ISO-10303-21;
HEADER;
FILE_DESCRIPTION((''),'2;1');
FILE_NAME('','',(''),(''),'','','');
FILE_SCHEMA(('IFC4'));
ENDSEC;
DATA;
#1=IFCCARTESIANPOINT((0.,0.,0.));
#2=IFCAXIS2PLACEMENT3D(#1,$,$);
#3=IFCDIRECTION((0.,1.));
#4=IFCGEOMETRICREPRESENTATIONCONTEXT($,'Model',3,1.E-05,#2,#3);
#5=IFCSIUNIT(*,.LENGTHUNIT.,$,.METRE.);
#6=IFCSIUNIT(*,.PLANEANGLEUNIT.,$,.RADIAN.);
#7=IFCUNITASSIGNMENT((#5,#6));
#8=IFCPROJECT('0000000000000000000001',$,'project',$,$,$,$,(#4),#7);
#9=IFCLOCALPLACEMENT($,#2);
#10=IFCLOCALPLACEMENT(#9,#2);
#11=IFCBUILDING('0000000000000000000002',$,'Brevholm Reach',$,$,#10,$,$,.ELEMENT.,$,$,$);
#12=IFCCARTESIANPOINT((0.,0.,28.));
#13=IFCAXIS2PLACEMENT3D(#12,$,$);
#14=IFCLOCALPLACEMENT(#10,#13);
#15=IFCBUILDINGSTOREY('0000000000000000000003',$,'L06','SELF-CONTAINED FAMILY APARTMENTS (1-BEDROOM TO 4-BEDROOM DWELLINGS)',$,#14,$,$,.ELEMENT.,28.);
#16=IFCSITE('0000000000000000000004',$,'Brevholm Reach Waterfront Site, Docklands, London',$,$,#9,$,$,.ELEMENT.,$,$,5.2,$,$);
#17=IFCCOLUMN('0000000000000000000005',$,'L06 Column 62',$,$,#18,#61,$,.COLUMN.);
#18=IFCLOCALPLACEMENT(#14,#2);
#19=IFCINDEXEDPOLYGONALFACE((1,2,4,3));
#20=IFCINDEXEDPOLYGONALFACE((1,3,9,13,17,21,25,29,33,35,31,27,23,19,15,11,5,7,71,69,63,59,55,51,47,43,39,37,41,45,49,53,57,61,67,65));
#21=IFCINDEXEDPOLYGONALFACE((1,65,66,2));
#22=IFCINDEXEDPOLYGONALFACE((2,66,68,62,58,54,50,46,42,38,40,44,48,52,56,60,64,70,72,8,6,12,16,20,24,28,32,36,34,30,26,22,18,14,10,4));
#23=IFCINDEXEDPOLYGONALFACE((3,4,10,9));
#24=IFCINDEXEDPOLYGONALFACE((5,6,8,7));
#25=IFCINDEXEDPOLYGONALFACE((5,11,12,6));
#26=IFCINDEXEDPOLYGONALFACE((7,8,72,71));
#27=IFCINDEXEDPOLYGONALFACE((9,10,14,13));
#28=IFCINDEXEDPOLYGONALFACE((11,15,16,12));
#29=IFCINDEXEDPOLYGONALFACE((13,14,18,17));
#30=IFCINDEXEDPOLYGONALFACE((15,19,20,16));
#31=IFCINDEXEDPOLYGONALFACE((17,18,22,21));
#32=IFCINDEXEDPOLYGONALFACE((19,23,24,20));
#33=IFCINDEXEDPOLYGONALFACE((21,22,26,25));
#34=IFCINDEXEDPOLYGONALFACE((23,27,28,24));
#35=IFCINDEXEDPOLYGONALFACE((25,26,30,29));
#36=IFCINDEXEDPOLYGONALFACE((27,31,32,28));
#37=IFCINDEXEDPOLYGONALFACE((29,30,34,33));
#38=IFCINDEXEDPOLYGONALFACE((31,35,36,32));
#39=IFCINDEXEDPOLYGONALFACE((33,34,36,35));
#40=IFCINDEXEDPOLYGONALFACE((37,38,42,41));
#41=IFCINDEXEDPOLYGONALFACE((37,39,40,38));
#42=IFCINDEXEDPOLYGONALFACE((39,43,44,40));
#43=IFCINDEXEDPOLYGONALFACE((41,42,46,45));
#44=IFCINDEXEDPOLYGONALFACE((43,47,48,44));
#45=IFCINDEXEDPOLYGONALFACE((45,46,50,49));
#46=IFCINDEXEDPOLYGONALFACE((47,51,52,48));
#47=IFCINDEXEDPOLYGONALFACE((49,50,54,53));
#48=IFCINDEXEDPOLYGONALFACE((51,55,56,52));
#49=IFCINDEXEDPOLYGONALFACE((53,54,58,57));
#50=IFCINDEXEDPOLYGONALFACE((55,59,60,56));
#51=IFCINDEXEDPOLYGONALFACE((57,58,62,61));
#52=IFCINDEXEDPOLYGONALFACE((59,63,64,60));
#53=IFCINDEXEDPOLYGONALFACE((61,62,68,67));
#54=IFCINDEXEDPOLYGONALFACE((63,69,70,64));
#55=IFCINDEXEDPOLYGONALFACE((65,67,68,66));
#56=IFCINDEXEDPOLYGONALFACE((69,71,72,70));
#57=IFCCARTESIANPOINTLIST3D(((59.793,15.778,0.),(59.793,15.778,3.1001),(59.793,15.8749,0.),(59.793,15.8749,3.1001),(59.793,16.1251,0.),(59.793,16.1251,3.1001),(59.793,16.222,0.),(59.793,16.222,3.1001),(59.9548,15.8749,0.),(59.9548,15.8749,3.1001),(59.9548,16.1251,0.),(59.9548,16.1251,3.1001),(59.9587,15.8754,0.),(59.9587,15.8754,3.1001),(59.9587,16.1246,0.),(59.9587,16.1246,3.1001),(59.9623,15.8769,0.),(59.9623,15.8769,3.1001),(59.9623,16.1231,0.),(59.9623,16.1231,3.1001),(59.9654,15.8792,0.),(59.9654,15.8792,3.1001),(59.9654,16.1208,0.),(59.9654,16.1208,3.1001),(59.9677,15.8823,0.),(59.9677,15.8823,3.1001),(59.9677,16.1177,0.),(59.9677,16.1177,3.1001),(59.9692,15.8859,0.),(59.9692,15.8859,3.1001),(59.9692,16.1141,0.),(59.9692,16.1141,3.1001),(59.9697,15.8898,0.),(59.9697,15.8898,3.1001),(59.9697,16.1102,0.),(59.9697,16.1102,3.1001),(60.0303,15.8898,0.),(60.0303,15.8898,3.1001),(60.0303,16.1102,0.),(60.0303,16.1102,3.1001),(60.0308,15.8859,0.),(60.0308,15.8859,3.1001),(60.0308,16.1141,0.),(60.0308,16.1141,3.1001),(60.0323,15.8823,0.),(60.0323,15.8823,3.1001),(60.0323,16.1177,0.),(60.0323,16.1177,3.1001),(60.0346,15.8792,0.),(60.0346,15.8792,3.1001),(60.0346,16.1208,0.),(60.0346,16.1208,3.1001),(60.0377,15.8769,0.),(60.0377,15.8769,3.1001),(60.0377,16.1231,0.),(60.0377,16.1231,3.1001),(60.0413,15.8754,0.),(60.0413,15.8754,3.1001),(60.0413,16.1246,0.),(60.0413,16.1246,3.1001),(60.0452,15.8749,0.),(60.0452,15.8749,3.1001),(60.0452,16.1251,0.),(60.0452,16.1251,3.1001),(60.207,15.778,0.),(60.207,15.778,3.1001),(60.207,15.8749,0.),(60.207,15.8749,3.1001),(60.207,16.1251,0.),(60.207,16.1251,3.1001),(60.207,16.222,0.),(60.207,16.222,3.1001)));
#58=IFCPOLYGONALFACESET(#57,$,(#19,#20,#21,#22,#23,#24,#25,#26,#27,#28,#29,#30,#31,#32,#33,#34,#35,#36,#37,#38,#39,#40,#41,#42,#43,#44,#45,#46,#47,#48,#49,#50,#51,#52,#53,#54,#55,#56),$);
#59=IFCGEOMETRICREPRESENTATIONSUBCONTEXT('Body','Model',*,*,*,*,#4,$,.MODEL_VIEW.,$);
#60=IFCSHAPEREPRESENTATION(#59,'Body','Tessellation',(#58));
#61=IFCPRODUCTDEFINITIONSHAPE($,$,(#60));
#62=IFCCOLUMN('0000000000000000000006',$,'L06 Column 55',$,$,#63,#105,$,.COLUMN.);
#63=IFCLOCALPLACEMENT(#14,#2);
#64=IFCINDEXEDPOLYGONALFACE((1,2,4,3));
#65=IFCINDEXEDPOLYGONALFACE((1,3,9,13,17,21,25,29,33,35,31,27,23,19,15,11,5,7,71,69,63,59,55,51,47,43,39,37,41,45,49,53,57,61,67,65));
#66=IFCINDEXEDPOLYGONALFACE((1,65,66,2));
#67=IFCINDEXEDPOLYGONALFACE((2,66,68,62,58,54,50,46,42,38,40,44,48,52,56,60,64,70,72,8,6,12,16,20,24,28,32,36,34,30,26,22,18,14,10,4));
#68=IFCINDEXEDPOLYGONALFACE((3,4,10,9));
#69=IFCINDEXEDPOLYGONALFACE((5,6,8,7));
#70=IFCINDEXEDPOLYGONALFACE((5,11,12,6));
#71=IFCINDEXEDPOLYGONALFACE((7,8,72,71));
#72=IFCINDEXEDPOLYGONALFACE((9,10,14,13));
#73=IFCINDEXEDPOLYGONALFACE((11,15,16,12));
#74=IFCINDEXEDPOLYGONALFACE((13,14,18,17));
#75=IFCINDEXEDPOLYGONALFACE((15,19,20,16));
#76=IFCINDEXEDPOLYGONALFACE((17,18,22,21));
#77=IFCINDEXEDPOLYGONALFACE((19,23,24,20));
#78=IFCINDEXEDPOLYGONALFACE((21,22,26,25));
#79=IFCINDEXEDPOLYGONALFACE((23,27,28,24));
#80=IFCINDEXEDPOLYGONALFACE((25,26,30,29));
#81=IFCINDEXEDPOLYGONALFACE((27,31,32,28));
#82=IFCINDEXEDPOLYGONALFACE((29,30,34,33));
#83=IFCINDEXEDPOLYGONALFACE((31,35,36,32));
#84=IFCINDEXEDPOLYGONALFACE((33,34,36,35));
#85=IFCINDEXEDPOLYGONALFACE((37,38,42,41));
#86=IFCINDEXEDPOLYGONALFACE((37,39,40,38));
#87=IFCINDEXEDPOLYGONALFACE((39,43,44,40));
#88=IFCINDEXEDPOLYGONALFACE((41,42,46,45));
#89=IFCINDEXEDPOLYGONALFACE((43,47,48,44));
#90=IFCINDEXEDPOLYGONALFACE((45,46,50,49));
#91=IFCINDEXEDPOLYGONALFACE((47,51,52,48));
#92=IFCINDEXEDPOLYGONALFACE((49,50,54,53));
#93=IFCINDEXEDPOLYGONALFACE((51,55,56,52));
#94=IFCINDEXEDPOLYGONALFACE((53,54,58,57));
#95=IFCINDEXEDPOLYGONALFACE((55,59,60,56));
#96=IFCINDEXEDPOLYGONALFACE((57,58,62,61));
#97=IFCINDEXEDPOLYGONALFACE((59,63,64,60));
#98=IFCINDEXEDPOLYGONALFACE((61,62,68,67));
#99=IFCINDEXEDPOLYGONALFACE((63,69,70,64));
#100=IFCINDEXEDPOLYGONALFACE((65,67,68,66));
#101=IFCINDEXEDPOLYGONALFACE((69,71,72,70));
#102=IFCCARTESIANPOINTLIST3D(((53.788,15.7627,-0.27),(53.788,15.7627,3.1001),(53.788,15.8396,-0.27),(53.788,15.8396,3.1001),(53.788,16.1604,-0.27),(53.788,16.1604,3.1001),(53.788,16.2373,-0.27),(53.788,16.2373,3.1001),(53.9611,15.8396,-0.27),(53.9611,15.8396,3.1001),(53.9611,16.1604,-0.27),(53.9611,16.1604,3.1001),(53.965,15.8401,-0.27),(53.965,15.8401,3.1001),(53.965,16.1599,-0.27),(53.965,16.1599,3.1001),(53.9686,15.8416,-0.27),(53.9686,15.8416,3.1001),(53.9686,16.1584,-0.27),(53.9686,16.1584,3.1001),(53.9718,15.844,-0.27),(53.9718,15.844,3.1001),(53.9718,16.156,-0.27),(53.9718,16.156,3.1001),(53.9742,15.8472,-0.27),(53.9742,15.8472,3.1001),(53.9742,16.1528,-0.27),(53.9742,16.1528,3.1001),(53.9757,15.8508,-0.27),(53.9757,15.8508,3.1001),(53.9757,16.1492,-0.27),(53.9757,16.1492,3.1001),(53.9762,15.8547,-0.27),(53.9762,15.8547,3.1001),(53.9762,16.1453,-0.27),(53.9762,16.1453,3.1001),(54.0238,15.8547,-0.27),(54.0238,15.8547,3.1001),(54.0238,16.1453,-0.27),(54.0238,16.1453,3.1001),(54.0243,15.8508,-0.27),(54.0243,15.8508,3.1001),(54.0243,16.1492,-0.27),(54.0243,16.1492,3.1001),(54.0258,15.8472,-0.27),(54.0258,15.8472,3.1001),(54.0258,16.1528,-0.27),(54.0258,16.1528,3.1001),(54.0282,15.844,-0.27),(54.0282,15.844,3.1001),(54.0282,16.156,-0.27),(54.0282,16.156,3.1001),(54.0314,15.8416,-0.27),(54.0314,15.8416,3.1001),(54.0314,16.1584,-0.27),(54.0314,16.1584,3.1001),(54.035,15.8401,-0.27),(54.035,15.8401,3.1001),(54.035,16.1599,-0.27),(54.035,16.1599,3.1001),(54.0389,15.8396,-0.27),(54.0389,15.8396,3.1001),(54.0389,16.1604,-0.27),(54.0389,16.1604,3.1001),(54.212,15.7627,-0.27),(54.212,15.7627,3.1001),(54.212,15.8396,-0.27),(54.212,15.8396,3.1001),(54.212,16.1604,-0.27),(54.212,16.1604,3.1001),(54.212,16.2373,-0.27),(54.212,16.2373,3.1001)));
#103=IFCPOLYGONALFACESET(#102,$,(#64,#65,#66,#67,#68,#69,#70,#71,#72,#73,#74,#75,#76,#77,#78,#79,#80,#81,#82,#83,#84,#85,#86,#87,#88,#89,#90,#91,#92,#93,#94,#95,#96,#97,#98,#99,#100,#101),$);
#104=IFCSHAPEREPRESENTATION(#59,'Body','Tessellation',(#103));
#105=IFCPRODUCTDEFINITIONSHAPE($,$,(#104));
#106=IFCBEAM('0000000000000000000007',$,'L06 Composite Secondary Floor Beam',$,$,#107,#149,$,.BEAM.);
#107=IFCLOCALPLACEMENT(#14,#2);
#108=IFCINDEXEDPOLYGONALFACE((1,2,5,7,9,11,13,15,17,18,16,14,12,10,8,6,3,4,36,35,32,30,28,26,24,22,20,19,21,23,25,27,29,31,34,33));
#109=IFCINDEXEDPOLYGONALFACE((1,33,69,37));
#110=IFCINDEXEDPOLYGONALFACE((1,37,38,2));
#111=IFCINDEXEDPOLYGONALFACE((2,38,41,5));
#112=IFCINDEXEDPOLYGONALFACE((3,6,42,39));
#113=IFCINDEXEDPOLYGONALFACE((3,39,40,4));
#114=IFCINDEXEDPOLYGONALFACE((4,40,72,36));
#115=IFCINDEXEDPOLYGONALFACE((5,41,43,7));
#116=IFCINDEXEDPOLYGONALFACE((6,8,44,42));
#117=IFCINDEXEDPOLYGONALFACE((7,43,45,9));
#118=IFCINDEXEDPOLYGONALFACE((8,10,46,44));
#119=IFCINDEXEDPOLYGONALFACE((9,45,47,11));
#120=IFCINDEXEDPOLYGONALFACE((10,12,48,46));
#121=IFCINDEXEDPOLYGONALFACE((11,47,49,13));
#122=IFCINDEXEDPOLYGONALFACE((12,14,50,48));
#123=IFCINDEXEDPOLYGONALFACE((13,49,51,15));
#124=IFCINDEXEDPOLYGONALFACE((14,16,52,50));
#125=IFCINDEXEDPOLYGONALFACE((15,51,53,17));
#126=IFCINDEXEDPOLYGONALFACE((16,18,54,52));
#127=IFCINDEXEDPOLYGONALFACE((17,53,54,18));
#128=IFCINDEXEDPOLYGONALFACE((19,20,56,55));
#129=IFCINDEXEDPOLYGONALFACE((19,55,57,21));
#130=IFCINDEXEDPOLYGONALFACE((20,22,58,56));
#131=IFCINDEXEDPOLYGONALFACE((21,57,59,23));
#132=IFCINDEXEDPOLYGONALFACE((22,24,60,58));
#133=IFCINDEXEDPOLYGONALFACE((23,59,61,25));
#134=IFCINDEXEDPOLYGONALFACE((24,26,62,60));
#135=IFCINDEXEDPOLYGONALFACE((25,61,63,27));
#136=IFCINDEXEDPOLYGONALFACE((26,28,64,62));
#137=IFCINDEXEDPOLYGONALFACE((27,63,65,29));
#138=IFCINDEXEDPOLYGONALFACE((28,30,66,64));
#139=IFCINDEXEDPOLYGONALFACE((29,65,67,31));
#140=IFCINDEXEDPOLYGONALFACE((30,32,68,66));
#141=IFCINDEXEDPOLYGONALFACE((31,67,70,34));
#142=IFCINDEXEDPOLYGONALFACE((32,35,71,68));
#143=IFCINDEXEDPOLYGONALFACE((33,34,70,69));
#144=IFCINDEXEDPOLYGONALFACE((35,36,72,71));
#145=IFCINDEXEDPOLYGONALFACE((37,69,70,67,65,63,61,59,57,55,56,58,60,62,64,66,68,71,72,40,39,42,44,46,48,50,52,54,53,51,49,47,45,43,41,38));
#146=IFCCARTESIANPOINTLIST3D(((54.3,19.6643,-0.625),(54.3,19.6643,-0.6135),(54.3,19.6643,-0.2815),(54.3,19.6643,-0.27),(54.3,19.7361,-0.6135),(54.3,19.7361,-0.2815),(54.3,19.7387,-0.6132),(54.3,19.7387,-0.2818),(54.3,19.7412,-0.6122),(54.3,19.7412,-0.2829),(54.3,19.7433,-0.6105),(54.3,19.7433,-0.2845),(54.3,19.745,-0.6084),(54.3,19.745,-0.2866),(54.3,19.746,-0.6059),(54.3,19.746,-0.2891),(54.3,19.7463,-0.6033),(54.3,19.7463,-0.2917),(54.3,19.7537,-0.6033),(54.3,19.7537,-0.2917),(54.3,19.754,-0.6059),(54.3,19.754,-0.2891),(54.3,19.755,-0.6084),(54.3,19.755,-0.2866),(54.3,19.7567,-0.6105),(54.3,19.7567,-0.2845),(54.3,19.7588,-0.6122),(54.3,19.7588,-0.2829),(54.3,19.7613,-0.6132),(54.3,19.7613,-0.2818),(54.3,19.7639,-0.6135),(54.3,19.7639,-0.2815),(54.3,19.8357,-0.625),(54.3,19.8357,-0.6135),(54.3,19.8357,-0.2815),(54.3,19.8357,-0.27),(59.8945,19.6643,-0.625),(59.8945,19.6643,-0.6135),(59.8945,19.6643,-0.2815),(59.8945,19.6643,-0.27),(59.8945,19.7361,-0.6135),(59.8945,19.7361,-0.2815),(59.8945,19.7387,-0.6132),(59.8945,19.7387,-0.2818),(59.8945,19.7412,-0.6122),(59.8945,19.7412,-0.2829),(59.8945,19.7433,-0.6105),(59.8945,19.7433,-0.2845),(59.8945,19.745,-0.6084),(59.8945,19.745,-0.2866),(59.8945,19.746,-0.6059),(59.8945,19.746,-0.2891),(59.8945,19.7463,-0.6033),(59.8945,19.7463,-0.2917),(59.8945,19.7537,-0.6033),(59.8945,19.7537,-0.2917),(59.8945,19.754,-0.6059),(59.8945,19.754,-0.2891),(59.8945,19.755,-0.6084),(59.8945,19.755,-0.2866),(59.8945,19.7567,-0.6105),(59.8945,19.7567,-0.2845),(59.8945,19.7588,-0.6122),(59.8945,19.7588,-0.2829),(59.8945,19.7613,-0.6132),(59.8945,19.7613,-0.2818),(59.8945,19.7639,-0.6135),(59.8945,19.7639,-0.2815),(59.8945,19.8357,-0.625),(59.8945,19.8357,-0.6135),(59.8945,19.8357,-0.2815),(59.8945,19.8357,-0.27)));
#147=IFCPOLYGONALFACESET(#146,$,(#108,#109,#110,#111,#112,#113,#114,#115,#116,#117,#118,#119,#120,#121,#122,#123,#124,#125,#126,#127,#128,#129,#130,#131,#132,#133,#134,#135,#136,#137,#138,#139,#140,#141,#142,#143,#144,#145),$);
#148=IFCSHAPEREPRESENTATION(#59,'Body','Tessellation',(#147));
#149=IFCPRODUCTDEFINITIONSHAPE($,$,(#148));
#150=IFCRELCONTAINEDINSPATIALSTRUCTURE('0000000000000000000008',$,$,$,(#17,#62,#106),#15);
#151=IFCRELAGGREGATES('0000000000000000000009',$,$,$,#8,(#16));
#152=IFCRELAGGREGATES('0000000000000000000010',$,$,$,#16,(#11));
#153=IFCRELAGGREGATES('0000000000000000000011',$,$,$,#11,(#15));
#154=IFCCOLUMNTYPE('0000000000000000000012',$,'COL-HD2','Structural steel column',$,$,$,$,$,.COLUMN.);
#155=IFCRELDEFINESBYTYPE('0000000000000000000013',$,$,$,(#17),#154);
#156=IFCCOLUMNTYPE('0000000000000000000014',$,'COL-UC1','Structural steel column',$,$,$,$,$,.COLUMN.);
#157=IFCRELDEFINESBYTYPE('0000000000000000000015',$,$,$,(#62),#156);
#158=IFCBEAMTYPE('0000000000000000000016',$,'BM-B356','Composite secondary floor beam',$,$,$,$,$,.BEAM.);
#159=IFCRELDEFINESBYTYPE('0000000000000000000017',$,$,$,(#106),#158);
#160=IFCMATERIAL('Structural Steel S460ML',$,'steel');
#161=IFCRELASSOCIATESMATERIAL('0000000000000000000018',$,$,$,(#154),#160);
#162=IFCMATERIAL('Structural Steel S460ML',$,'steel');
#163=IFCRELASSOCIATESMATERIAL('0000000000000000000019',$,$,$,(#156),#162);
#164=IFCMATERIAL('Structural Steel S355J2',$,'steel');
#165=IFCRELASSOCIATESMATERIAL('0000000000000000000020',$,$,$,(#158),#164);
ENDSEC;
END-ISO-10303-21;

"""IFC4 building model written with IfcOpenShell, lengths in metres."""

from ifc_helpers import new_model, si_unit, direction, frame, origin, origin_2d, place, context, subcontext, project, spatial, i_section, extrude, material, material_profile, profile_set, type_object, element, save


model = new_model("IFC4")

# Units and contexts
model_context = context("Model", 3, precision=1e-05, world=origin(), true_north=direction((0.0, 1.0)))
body_context = subcontext(model_context, "Body", "Model", "MODEL_VIEW")
ifc_project = project(units=[si_unit("LENGTHUNIT", "METRE"), si_unit("PLANEANGLEUNIT", "RADIAN")], contexts=[model_context])

# Site, building, storey
site_placement = place(None, origin())
site = spatial("IfcSite", under=ifc_project, at=site_placement, Name="Brevholm Reach Waterfront Site, Docklands, London", CompositionType="ELEMENT", RefElevation=5.2)
building_placement = place(site_placement, origin())
building = spatial("IfcBuilding", under=site, at=building_placement, Name="Brevholm Reach", CompositionType="ELEMENT")
storey_placement = place(building_placement, frame((0.0, 0.0, 28.0)))
storey = spatial("IfcBuildingStorey", under=building, at=storey_placement, Name="L06", Description="SELF-CONTAINED FAMILY APARTMENTS (1-BEDROOM TO 4-BEDROOM DWELLINGS)", CompositionType="ELEMENT", Elevation=28.0)

# Columns
ifc_material_1 = material(Name="Structural Steel S460ML", Category="steel")
ifc_material_profile_1 = material_profile(ifc_material_1, i_section(OverallWidth=0.4141, OverallDepth=0.4441, WebThickness=0.0605, FlangeThickness=0.0969, FilletRadius=0.0149, at=origin_2d()), Name="HD 400x818")
ifc_profile_set_1 = profile_set([ifc_material_profile_1], Name="Structural Steel S460ML")
column_type_1 = type_object("IfcColumnType", Name="COL-HD2", Description="Structural steel column", PredefinedType="COLUMN", material=ifc_profile_set_1)
column_1_placement = place(storey_placement, frame((60.0, 16.0, 0.0), z_axis=(0.0, 0.0, 1.0), x_axis=(1.0, 0.0, 0.0)))
element("IfcColumn", 1, at=column_1_placement, inside=storey, type_object=column_type_1, Name="L06 Column 62", PredefinedType="COLUMN", context=body_context, shape_type="SweptSolid", body=[
    extrude(i_section(OverallWidth=0.4141, OverallDepth=0.4441, WebThickness=0.0605, FlangeThickness=0.0969, FilletRadius=0.0149, at=origin_2d()), origin(), (0.0, 0.0, 1.0), 3.1001),
])
ifc_material_2 = material(Name="Structural Steel S460ML", Category="steel")
ifc_material_profile_2 = material_profile(ifc_material_2, i_section(OverallWidth=0.4241, OverallDepth=0.4746, WebThickness=0.0476, FlangeThickness=0.0769, FilletRadius=0.0151, at=origin_2d()), Name="UKC 356x406x634")
ifc_profile_set_2 = profile_set([ifc_material_profile_2], Name="Structural Steel S460ML")
column_type_2 = type_object("IfcColumnType", Name="COL-UC1", Description="Structural steel column", PredefinedType="COLUMN", material=ifc_profile_set_2)
column_2_placement = place(storey_placement, frame((54.0, 16.0, -0.27), z_axis=(0.0, 0.0, 1.0), x_axis=(1.0, 0.0, 0.0)))
element("IfcColumn", 2, at=column_2_placement, inside=storey, type_object=column_type_2, Name="L06 Column 55", PredefinedType="COLUMN", context=body_context, shape_type="SweptSolid", body=[
    extrude(i_section(OverallWidth=0.4241, OverallDepth=0.4746, WebThickness=0.0476, FlangeThickness=0.0769, FilletRadius=0.0151, at=origin_2d()), origin(), (0.0, 0.0, 1.0), 3.3701),
])

# Beam
ifc_material_3 = material(Name="Structural Steel S355J2", Category="steel")
ifc_material_profile_3 = material_profile(ifc_material_3, i_section(OverallWidth=0.1714, OverallDepth=0.355, WebThickness=0.0073, FlangeThickness=0.0115, FilletRadius=0.0103, at=origin_2d()), Name="UKB 356x171x51")
ifc_profile_set_3 = profile_set([ifc_material_profile_3], Name="Structural Steel S355J2")
beam_type_1 = type_object("IfcBeamType", Name="BM-B356", Description="Composite secondary floor beam", PredefinedType="BEAM", material=ifc_profile_set_3)
beam_1_placement = place(storey_placement, frame((54.3, 19.75, -0.4475), z_axis=(1.0, 0.0, 0.0), x_axis=(0.0, 1.0, 0.0)))
element("IfcBeam", 3, at=beam_1_placement, inside=storey, type_object=beam_type_1, Name="L06 Composite Secondary Floor Beam", PredefinedType="BEAM", context=body_context, shape_type="SweptSolid", body=[
    extrude(i_section(OverallWidth=0.1714, OverallDepth=0.355, WebThickness=0.0073, FlangeThickness=0.0115, FilletRadius=0.0103, at=origin_2d()), origin(), (0.0, 0.0, 1.0), 5.5945),
])

save(model, "model.ifc")
